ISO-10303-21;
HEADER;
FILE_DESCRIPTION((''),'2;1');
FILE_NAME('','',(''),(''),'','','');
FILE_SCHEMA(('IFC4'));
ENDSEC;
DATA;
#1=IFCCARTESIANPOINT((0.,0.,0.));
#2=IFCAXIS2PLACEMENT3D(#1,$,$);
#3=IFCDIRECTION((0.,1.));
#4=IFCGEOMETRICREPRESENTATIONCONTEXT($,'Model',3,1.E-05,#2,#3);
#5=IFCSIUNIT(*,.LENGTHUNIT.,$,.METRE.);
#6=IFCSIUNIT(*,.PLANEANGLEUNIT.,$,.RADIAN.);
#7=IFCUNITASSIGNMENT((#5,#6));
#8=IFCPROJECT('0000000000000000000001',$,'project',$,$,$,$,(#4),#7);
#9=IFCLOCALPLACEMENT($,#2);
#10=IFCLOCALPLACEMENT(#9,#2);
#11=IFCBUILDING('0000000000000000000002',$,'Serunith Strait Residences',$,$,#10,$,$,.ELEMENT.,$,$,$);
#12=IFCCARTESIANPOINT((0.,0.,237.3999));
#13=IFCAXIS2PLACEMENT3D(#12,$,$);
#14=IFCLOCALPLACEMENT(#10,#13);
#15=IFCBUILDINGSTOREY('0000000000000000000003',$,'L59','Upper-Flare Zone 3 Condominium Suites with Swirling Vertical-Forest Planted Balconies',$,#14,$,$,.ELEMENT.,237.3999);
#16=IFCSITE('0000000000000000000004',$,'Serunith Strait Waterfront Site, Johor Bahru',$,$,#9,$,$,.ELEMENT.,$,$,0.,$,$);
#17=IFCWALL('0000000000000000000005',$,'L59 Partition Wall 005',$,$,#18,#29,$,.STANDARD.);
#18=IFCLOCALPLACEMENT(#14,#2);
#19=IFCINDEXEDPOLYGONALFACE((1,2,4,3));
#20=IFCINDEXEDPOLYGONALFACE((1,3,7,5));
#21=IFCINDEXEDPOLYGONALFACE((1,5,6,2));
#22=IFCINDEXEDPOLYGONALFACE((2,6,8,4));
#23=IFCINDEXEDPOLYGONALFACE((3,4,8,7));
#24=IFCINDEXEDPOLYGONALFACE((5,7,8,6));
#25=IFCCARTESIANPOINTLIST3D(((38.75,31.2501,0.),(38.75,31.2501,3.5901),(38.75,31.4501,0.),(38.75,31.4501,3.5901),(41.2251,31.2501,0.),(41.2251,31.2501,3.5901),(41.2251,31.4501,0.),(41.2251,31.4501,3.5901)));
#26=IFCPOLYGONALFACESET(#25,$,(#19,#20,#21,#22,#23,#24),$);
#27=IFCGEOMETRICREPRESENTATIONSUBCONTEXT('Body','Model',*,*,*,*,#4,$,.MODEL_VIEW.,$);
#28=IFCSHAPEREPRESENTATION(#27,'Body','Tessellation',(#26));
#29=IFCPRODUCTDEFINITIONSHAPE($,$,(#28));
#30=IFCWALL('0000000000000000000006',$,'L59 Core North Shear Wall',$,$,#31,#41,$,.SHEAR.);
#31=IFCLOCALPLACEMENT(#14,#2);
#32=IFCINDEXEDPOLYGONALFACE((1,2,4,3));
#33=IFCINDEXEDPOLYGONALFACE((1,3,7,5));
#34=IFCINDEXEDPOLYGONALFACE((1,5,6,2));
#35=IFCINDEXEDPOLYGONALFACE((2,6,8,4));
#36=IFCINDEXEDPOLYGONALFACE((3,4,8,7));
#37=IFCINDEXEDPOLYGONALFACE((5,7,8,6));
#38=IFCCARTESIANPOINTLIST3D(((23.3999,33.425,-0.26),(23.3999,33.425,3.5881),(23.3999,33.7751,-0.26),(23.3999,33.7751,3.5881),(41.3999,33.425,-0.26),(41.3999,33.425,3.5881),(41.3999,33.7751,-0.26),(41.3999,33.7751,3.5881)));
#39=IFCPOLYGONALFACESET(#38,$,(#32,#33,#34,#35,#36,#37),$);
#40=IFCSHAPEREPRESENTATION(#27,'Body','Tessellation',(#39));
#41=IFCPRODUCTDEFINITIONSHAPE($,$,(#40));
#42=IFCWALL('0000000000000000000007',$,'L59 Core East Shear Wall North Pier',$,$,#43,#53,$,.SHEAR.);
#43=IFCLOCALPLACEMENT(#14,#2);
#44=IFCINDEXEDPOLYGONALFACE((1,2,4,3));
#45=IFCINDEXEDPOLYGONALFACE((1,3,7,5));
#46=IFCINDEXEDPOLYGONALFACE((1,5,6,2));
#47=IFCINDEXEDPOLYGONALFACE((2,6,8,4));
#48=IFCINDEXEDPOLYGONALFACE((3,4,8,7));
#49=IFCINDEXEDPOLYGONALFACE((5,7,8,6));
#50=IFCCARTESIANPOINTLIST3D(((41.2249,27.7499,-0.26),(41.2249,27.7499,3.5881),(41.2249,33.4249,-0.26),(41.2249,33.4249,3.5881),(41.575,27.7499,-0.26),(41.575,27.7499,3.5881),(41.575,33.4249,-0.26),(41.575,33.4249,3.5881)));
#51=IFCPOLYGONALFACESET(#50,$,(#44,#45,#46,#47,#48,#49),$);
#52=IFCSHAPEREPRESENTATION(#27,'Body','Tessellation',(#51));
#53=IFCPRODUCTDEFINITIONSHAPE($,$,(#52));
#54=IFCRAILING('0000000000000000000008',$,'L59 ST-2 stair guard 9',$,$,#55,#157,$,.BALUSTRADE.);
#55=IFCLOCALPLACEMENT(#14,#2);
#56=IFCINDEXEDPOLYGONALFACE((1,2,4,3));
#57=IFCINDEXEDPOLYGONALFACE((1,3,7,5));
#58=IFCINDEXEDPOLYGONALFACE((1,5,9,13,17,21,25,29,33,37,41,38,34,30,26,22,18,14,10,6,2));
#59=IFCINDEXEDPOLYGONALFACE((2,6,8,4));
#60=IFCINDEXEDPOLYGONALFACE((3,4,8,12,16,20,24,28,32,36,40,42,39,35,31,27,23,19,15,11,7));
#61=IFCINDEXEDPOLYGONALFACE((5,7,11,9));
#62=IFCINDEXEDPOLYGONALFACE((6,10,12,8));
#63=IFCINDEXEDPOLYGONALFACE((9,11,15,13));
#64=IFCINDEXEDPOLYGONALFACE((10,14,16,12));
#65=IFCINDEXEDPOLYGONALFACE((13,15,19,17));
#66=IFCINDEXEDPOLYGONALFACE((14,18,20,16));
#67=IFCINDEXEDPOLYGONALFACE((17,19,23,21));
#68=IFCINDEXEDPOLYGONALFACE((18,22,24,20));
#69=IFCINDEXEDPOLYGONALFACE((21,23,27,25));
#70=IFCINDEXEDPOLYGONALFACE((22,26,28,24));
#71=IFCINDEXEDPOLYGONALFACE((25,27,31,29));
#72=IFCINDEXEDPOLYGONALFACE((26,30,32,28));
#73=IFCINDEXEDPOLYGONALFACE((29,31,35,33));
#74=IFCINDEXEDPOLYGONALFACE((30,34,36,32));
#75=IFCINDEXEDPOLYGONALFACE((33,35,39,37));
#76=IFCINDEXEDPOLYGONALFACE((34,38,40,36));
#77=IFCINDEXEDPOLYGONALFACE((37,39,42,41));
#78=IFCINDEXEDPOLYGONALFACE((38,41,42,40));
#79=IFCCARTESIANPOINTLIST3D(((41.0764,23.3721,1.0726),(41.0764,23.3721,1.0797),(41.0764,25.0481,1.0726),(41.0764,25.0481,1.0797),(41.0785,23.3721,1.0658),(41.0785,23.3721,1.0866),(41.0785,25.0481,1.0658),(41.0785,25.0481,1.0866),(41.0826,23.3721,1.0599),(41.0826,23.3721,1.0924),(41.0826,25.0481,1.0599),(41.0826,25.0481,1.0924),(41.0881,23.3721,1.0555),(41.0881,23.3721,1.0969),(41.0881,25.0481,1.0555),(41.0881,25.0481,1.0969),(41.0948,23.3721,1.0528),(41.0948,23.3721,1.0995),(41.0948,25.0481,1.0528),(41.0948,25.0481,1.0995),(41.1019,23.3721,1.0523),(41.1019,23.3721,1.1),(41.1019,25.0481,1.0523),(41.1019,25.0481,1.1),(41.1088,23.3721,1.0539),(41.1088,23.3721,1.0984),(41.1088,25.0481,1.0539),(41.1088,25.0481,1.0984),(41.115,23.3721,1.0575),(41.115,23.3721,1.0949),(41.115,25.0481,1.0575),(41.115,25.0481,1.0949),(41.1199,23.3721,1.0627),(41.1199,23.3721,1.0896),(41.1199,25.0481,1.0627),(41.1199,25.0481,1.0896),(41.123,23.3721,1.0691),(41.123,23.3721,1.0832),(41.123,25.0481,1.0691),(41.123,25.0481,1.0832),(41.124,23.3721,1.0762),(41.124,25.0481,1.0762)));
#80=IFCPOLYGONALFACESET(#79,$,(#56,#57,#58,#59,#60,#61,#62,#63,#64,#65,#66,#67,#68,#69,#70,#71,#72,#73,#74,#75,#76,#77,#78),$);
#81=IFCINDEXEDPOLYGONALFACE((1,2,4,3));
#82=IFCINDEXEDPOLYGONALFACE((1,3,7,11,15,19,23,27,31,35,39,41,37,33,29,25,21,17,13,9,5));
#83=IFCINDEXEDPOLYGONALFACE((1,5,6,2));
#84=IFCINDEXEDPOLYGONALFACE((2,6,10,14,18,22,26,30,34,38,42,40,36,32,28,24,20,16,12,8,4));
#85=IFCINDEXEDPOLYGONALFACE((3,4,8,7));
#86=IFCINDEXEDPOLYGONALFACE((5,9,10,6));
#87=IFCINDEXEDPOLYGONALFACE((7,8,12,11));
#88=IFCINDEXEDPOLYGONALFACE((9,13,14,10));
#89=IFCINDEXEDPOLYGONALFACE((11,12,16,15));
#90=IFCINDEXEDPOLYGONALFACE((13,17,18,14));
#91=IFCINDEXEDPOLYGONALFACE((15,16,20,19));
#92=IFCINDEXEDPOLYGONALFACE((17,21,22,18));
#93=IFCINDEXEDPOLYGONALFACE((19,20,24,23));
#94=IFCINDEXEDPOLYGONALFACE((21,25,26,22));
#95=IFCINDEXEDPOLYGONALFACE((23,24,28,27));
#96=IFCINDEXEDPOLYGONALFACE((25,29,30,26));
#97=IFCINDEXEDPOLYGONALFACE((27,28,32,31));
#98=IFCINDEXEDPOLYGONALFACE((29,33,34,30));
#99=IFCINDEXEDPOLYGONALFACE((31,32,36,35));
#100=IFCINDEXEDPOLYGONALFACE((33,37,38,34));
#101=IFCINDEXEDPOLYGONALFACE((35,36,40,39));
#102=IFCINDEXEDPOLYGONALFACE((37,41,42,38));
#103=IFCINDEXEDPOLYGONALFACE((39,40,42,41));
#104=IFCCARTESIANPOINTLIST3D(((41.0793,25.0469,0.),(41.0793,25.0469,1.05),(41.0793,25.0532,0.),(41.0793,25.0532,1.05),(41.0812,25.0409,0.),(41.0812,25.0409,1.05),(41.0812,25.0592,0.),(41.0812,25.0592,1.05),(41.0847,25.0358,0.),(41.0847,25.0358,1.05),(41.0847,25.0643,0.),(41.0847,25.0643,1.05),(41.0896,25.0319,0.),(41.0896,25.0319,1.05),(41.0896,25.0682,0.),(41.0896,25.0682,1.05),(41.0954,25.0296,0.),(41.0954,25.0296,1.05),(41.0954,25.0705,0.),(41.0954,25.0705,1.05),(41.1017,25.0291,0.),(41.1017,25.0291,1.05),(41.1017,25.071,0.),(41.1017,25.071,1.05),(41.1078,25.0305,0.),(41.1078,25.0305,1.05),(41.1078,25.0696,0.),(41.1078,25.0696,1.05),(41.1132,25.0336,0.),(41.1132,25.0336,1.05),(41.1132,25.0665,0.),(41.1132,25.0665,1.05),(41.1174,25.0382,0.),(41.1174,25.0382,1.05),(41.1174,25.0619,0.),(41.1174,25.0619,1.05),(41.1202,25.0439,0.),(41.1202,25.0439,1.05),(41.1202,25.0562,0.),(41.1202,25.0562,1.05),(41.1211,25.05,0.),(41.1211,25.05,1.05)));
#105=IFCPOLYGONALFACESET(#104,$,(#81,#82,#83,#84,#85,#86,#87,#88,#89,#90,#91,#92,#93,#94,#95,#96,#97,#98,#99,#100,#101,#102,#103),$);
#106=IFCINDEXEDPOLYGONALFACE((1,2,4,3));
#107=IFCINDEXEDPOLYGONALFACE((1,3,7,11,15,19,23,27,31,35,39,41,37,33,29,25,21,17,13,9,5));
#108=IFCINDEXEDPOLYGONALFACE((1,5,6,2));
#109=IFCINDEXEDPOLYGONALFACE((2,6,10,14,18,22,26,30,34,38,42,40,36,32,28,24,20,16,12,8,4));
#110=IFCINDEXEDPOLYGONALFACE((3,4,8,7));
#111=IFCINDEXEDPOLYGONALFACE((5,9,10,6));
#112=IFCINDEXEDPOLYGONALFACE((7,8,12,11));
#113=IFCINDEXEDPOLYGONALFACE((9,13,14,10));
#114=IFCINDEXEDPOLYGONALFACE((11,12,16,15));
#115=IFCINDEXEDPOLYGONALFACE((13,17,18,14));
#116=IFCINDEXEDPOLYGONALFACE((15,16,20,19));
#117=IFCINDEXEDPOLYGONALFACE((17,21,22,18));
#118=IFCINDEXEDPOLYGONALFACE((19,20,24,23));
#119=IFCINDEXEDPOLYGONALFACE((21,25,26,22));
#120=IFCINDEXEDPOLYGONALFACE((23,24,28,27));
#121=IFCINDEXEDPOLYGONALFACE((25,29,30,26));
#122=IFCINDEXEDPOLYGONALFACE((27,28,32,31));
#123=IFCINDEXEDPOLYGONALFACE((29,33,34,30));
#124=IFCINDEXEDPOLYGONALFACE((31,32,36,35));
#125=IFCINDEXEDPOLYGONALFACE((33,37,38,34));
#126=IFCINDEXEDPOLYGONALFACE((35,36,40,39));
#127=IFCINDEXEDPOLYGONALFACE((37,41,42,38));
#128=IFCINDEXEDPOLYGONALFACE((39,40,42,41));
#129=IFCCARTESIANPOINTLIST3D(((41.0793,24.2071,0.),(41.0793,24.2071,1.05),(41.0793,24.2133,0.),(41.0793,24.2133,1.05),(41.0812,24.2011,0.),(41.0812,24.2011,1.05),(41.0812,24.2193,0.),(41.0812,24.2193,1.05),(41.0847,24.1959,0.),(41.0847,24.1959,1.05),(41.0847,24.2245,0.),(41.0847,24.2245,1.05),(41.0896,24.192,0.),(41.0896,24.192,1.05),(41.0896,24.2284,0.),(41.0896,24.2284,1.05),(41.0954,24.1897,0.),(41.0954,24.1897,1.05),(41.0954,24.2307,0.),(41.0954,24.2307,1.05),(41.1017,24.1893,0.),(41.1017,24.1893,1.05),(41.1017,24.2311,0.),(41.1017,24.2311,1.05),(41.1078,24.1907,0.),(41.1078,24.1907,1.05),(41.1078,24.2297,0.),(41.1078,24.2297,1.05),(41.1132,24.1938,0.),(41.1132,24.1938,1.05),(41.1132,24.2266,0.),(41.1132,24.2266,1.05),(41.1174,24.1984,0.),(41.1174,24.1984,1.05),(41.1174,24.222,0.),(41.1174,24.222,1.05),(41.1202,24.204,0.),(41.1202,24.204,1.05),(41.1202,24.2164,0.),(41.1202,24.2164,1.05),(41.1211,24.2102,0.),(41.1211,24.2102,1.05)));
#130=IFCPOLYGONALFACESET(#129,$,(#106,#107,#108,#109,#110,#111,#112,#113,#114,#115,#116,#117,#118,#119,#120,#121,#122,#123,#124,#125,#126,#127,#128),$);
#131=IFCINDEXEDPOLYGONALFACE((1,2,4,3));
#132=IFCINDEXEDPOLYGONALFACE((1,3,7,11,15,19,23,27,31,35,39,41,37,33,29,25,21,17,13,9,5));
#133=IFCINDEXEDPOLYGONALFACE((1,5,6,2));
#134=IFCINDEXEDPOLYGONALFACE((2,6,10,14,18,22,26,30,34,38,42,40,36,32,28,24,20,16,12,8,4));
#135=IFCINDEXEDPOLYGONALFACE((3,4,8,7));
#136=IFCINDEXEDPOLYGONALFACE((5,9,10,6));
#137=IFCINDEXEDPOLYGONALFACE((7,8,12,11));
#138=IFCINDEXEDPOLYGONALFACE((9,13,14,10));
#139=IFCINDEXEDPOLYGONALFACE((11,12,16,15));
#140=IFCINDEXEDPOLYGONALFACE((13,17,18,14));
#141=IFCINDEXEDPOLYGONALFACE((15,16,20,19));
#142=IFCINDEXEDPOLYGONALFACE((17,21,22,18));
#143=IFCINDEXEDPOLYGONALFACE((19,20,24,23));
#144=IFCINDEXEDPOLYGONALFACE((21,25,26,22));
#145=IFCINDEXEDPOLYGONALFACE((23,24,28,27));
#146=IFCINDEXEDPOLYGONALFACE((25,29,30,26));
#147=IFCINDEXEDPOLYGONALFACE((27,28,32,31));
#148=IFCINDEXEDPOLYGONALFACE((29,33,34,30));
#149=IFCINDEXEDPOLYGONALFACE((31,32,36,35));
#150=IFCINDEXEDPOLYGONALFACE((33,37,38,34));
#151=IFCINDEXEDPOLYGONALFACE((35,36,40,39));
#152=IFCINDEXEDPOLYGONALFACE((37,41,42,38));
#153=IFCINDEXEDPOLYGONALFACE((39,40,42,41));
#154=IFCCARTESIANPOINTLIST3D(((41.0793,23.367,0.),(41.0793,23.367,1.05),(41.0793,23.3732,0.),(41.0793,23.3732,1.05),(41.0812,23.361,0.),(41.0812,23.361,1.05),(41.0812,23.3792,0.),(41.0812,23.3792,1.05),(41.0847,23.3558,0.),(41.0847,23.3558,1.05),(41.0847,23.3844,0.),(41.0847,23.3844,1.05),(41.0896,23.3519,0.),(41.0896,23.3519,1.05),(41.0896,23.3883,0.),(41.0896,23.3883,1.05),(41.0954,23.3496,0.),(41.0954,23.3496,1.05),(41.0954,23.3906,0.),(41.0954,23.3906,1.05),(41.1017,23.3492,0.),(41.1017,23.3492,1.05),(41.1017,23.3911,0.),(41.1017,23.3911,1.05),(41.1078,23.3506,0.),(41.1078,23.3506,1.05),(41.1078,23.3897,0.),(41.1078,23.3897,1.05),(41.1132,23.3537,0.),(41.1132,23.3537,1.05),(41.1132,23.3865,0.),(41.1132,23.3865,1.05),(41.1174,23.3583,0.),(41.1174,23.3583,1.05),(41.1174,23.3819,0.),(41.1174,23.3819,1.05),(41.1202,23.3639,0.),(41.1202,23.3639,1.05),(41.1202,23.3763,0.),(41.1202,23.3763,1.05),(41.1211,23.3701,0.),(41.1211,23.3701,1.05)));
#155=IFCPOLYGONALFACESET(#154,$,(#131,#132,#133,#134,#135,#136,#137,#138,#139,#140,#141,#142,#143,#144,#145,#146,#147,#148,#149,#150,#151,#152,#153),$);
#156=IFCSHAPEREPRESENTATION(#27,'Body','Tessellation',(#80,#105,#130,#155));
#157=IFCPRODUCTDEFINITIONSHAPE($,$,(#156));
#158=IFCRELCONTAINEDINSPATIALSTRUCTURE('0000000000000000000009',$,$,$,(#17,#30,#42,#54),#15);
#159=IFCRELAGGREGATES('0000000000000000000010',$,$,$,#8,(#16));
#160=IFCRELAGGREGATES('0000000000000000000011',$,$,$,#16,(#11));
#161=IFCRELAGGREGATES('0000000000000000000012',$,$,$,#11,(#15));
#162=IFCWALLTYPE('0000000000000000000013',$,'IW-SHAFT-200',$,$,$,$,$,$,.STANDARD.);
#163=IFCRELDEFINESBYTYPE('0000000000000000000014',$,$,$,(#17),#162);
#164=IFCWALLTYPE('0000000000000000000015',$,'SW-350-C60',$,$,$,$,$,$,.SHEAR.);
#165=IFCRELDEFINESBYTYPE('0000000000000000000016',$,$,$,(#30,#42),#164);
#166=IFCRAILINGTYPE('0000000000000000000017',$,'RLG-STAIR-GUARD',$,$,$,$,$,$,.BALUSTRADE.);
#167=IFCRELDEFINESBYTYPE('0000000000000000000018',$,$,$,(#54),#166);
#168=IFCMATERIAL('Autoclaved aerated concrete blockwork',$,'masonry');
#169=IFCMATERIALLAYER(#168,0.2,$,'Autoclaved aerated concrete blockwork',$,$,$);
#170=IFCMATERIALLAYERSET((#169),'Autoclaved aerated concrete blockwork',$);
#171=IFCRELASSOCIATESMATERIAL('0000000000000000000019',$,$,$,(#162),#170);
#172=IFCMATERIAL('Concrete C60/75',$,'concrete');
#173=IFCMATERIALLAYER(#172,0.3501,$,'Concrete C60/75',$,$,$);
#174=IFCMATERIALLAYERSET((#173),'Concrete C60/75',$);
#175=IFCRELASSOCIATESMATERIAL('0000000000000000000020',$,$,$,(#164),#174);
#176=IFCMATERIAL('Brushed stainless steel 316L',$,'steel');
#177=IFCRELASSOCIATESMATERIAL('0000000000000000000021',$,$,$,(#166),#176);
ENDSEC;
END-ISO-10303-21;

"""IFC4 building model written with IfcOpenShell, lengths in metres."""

from ifc_helpers import new_model, si_unit, direction, frame, frame_2d, origin, origin_2d, place, context, subcontext, project, spatial, rectangle, circle, extrude, material, layer, layer_set, type_object, element, save


model = new_model("IFC4")

# Units and contexts
model_context = context("Model", 3, precision=1e-05, world=origin(), true_north=direction((0.0, 1.0)))
body_context = subcontext(model_context, "Body", "Model", "MODEL_VIEW")
ifc_project = project(units=[si_unit("LENGTHUNIT", "METRE"), si_unit("PLANEANGLEUNIT", "RADIAN")], contexts=[model_context])

# Site, building, storey
site_placement = place(None, origin())
site = spatial("IfcSite", under=ifc_project, at=site_placement, Name="Serunith Strait Waterfront Site, Johor Bahru", CompositionType="ELEMENT", RefElevation=0.0)
building_placement = place(site_placement, origin())
building = spatial("IfcBuilding", under=site, at=building_placement, Name="Serunith Strait Residences", CompositionType="ELEMENT")
storey_placement = place(building_placement, frame((0.0, 0.0, 237.3999)))
storey = spatial("IfcBuildingStorey", under=building, at=storey_placement, Name="L59", Description="Upper-Flare Zone 3 Condominium Suites with Swirling Vertical-Forest Planted Balconies", CompositionType="ELEMENT", Elevation=237.3999)

# Shared definitions
ifc_material_1 = material(Name="Autoclaved aerated concrete blockwork", Category="masonry")
ifc_layer_1 = layer(ifc_material_1, 0.2, Name="Autoclaved aerated concrete blockwork")
ifc_layer_set_1 = layer_set([ifc_layer_1], Name="Autoclaved aerated concrete blockwork")
wall_type_1 = type_object("IfcWallType", Name="IW-SHAFT-200", PredefinedType="STANDARD", material=ifc_layer_set_1)

# Wall
wall_1_placement = place(storey_placement, frame((38.75, 31.3501, 0.0), z_axis=(0.0, 0.0, 1.0), x_axis=(1.0, 0.0, 0.0)))
element("IfcWall", 1, at=wall_1_placement, inside=storey, type_object=wall_type_1, Name="L59 Partition Wall 005", PredefinedType="STANDARD", context=body_context, shape_type="SweptSolid", body=[
    extrude(rectangle(XDim=2.4751, YDim=0.2, at=frame_2d((1.2375, 0.0))), origin(), (0.0, 0.0, 1.0), 3.5901),
])

# Walls
ifc_material_2 = material(Name="Concrete C60/75", Category="concrete")
ifc_layer_2 = layer(ifc_material_2, 0.3501, Name="Concrete C60/75")
ifc_layer_set_2 = layer_set([ifc_layer_2], Name="Concrete C60/75")
wall_type_2 = type_object("IfcWallType", Name="SW-350-C60", PredefinedType="SHEAR", material=ifc_layer_set_2)
wall_2_placement = place(storey_placement, frame((41.3999, 33.6001, -0.26), z_axis=(0.0, 0.0, 1.0), x_axis=(-1.0, 0.0, 0.0)))
element("IfcWall", 2, at=wall_2_placement, inside=storey, type_object=wall_type_2, Name="L59 Core North Shear Wall", PredefinedType="SHEAR", context=body_context, shape_type="SweptSolid", body=[
    extrude(rectangle(XDim=18.0, YDim=0.3501, at=frame_2d((9.0, 0.0))), origin(), (0.0, 0.0, 1.0), 3.8481),
])
wall_3_placement = place(storey_placement, frame((41.3999, 27.75, -0.26), z_axis=(0.0, 0.0, 1.0), x_axis=(0.0, 1.0, 0.0)))
element("IfcWall", 3, at=wall_3_placement, inside=storey, type_object=wall_type_2, Name="L59 Core East Shear Wall North Pier", PredefinedType="SHEAR", context=body_context, shape_type="SweptSolid", body=[
    extrude(rectangle(XDim=5.675, YDim=0.3501, at=frame_2d((2.8374, 0.0))), origin(), (0.0, 0.0, 1.0), 3.8481),
])

# Railing
ifc_material_3 = material(Name="Brushed stainless steel 316L", Category="steel")
railing_type = type_object("IfcRailingType", Name="RLG-STAIR-GUARD", PredefinedType="BALUSTRADE", material=ifc_material_3)
railing_placement = place(storey_placement, frame((41.1001, 25.05, 0.0)))
element("IfcRailing", 4, at=railing_placement, inside=storey, type_object=railing_type, Name="L59 ST-2 stair guard 9", PredefinedType="BALUSTRADE", context=body_context, shape_type="SweptSolid", body=[
    extrude(circle(Radius=0.0239, at=origin_2d()), frame((0.0, -0.002, 1.0762), z_axis=(0.0, -1.0, 0.0), x_axis=(1.0, 0.0, 0.0)), (0.0, 0.0, 1.0), 1.676),
    extrude(circle(Radius=0.021, at=origin_2d()), origin(), (0.0, 0.0, 1.0), 1.05),
    extrude(circle(Radius=0.021, at=origin_2d()), frame((0.0, -0.8398, 0.0)), (0.0, 0.0, 1.0), 1.05),
    extrude(circle(Radius=0.021, at=origin_2d()), frame((0.0, -1.6799, 0.0)), (0.0, 0.0, 1.0), 1.05),
])

save(model, "model.ifc")
